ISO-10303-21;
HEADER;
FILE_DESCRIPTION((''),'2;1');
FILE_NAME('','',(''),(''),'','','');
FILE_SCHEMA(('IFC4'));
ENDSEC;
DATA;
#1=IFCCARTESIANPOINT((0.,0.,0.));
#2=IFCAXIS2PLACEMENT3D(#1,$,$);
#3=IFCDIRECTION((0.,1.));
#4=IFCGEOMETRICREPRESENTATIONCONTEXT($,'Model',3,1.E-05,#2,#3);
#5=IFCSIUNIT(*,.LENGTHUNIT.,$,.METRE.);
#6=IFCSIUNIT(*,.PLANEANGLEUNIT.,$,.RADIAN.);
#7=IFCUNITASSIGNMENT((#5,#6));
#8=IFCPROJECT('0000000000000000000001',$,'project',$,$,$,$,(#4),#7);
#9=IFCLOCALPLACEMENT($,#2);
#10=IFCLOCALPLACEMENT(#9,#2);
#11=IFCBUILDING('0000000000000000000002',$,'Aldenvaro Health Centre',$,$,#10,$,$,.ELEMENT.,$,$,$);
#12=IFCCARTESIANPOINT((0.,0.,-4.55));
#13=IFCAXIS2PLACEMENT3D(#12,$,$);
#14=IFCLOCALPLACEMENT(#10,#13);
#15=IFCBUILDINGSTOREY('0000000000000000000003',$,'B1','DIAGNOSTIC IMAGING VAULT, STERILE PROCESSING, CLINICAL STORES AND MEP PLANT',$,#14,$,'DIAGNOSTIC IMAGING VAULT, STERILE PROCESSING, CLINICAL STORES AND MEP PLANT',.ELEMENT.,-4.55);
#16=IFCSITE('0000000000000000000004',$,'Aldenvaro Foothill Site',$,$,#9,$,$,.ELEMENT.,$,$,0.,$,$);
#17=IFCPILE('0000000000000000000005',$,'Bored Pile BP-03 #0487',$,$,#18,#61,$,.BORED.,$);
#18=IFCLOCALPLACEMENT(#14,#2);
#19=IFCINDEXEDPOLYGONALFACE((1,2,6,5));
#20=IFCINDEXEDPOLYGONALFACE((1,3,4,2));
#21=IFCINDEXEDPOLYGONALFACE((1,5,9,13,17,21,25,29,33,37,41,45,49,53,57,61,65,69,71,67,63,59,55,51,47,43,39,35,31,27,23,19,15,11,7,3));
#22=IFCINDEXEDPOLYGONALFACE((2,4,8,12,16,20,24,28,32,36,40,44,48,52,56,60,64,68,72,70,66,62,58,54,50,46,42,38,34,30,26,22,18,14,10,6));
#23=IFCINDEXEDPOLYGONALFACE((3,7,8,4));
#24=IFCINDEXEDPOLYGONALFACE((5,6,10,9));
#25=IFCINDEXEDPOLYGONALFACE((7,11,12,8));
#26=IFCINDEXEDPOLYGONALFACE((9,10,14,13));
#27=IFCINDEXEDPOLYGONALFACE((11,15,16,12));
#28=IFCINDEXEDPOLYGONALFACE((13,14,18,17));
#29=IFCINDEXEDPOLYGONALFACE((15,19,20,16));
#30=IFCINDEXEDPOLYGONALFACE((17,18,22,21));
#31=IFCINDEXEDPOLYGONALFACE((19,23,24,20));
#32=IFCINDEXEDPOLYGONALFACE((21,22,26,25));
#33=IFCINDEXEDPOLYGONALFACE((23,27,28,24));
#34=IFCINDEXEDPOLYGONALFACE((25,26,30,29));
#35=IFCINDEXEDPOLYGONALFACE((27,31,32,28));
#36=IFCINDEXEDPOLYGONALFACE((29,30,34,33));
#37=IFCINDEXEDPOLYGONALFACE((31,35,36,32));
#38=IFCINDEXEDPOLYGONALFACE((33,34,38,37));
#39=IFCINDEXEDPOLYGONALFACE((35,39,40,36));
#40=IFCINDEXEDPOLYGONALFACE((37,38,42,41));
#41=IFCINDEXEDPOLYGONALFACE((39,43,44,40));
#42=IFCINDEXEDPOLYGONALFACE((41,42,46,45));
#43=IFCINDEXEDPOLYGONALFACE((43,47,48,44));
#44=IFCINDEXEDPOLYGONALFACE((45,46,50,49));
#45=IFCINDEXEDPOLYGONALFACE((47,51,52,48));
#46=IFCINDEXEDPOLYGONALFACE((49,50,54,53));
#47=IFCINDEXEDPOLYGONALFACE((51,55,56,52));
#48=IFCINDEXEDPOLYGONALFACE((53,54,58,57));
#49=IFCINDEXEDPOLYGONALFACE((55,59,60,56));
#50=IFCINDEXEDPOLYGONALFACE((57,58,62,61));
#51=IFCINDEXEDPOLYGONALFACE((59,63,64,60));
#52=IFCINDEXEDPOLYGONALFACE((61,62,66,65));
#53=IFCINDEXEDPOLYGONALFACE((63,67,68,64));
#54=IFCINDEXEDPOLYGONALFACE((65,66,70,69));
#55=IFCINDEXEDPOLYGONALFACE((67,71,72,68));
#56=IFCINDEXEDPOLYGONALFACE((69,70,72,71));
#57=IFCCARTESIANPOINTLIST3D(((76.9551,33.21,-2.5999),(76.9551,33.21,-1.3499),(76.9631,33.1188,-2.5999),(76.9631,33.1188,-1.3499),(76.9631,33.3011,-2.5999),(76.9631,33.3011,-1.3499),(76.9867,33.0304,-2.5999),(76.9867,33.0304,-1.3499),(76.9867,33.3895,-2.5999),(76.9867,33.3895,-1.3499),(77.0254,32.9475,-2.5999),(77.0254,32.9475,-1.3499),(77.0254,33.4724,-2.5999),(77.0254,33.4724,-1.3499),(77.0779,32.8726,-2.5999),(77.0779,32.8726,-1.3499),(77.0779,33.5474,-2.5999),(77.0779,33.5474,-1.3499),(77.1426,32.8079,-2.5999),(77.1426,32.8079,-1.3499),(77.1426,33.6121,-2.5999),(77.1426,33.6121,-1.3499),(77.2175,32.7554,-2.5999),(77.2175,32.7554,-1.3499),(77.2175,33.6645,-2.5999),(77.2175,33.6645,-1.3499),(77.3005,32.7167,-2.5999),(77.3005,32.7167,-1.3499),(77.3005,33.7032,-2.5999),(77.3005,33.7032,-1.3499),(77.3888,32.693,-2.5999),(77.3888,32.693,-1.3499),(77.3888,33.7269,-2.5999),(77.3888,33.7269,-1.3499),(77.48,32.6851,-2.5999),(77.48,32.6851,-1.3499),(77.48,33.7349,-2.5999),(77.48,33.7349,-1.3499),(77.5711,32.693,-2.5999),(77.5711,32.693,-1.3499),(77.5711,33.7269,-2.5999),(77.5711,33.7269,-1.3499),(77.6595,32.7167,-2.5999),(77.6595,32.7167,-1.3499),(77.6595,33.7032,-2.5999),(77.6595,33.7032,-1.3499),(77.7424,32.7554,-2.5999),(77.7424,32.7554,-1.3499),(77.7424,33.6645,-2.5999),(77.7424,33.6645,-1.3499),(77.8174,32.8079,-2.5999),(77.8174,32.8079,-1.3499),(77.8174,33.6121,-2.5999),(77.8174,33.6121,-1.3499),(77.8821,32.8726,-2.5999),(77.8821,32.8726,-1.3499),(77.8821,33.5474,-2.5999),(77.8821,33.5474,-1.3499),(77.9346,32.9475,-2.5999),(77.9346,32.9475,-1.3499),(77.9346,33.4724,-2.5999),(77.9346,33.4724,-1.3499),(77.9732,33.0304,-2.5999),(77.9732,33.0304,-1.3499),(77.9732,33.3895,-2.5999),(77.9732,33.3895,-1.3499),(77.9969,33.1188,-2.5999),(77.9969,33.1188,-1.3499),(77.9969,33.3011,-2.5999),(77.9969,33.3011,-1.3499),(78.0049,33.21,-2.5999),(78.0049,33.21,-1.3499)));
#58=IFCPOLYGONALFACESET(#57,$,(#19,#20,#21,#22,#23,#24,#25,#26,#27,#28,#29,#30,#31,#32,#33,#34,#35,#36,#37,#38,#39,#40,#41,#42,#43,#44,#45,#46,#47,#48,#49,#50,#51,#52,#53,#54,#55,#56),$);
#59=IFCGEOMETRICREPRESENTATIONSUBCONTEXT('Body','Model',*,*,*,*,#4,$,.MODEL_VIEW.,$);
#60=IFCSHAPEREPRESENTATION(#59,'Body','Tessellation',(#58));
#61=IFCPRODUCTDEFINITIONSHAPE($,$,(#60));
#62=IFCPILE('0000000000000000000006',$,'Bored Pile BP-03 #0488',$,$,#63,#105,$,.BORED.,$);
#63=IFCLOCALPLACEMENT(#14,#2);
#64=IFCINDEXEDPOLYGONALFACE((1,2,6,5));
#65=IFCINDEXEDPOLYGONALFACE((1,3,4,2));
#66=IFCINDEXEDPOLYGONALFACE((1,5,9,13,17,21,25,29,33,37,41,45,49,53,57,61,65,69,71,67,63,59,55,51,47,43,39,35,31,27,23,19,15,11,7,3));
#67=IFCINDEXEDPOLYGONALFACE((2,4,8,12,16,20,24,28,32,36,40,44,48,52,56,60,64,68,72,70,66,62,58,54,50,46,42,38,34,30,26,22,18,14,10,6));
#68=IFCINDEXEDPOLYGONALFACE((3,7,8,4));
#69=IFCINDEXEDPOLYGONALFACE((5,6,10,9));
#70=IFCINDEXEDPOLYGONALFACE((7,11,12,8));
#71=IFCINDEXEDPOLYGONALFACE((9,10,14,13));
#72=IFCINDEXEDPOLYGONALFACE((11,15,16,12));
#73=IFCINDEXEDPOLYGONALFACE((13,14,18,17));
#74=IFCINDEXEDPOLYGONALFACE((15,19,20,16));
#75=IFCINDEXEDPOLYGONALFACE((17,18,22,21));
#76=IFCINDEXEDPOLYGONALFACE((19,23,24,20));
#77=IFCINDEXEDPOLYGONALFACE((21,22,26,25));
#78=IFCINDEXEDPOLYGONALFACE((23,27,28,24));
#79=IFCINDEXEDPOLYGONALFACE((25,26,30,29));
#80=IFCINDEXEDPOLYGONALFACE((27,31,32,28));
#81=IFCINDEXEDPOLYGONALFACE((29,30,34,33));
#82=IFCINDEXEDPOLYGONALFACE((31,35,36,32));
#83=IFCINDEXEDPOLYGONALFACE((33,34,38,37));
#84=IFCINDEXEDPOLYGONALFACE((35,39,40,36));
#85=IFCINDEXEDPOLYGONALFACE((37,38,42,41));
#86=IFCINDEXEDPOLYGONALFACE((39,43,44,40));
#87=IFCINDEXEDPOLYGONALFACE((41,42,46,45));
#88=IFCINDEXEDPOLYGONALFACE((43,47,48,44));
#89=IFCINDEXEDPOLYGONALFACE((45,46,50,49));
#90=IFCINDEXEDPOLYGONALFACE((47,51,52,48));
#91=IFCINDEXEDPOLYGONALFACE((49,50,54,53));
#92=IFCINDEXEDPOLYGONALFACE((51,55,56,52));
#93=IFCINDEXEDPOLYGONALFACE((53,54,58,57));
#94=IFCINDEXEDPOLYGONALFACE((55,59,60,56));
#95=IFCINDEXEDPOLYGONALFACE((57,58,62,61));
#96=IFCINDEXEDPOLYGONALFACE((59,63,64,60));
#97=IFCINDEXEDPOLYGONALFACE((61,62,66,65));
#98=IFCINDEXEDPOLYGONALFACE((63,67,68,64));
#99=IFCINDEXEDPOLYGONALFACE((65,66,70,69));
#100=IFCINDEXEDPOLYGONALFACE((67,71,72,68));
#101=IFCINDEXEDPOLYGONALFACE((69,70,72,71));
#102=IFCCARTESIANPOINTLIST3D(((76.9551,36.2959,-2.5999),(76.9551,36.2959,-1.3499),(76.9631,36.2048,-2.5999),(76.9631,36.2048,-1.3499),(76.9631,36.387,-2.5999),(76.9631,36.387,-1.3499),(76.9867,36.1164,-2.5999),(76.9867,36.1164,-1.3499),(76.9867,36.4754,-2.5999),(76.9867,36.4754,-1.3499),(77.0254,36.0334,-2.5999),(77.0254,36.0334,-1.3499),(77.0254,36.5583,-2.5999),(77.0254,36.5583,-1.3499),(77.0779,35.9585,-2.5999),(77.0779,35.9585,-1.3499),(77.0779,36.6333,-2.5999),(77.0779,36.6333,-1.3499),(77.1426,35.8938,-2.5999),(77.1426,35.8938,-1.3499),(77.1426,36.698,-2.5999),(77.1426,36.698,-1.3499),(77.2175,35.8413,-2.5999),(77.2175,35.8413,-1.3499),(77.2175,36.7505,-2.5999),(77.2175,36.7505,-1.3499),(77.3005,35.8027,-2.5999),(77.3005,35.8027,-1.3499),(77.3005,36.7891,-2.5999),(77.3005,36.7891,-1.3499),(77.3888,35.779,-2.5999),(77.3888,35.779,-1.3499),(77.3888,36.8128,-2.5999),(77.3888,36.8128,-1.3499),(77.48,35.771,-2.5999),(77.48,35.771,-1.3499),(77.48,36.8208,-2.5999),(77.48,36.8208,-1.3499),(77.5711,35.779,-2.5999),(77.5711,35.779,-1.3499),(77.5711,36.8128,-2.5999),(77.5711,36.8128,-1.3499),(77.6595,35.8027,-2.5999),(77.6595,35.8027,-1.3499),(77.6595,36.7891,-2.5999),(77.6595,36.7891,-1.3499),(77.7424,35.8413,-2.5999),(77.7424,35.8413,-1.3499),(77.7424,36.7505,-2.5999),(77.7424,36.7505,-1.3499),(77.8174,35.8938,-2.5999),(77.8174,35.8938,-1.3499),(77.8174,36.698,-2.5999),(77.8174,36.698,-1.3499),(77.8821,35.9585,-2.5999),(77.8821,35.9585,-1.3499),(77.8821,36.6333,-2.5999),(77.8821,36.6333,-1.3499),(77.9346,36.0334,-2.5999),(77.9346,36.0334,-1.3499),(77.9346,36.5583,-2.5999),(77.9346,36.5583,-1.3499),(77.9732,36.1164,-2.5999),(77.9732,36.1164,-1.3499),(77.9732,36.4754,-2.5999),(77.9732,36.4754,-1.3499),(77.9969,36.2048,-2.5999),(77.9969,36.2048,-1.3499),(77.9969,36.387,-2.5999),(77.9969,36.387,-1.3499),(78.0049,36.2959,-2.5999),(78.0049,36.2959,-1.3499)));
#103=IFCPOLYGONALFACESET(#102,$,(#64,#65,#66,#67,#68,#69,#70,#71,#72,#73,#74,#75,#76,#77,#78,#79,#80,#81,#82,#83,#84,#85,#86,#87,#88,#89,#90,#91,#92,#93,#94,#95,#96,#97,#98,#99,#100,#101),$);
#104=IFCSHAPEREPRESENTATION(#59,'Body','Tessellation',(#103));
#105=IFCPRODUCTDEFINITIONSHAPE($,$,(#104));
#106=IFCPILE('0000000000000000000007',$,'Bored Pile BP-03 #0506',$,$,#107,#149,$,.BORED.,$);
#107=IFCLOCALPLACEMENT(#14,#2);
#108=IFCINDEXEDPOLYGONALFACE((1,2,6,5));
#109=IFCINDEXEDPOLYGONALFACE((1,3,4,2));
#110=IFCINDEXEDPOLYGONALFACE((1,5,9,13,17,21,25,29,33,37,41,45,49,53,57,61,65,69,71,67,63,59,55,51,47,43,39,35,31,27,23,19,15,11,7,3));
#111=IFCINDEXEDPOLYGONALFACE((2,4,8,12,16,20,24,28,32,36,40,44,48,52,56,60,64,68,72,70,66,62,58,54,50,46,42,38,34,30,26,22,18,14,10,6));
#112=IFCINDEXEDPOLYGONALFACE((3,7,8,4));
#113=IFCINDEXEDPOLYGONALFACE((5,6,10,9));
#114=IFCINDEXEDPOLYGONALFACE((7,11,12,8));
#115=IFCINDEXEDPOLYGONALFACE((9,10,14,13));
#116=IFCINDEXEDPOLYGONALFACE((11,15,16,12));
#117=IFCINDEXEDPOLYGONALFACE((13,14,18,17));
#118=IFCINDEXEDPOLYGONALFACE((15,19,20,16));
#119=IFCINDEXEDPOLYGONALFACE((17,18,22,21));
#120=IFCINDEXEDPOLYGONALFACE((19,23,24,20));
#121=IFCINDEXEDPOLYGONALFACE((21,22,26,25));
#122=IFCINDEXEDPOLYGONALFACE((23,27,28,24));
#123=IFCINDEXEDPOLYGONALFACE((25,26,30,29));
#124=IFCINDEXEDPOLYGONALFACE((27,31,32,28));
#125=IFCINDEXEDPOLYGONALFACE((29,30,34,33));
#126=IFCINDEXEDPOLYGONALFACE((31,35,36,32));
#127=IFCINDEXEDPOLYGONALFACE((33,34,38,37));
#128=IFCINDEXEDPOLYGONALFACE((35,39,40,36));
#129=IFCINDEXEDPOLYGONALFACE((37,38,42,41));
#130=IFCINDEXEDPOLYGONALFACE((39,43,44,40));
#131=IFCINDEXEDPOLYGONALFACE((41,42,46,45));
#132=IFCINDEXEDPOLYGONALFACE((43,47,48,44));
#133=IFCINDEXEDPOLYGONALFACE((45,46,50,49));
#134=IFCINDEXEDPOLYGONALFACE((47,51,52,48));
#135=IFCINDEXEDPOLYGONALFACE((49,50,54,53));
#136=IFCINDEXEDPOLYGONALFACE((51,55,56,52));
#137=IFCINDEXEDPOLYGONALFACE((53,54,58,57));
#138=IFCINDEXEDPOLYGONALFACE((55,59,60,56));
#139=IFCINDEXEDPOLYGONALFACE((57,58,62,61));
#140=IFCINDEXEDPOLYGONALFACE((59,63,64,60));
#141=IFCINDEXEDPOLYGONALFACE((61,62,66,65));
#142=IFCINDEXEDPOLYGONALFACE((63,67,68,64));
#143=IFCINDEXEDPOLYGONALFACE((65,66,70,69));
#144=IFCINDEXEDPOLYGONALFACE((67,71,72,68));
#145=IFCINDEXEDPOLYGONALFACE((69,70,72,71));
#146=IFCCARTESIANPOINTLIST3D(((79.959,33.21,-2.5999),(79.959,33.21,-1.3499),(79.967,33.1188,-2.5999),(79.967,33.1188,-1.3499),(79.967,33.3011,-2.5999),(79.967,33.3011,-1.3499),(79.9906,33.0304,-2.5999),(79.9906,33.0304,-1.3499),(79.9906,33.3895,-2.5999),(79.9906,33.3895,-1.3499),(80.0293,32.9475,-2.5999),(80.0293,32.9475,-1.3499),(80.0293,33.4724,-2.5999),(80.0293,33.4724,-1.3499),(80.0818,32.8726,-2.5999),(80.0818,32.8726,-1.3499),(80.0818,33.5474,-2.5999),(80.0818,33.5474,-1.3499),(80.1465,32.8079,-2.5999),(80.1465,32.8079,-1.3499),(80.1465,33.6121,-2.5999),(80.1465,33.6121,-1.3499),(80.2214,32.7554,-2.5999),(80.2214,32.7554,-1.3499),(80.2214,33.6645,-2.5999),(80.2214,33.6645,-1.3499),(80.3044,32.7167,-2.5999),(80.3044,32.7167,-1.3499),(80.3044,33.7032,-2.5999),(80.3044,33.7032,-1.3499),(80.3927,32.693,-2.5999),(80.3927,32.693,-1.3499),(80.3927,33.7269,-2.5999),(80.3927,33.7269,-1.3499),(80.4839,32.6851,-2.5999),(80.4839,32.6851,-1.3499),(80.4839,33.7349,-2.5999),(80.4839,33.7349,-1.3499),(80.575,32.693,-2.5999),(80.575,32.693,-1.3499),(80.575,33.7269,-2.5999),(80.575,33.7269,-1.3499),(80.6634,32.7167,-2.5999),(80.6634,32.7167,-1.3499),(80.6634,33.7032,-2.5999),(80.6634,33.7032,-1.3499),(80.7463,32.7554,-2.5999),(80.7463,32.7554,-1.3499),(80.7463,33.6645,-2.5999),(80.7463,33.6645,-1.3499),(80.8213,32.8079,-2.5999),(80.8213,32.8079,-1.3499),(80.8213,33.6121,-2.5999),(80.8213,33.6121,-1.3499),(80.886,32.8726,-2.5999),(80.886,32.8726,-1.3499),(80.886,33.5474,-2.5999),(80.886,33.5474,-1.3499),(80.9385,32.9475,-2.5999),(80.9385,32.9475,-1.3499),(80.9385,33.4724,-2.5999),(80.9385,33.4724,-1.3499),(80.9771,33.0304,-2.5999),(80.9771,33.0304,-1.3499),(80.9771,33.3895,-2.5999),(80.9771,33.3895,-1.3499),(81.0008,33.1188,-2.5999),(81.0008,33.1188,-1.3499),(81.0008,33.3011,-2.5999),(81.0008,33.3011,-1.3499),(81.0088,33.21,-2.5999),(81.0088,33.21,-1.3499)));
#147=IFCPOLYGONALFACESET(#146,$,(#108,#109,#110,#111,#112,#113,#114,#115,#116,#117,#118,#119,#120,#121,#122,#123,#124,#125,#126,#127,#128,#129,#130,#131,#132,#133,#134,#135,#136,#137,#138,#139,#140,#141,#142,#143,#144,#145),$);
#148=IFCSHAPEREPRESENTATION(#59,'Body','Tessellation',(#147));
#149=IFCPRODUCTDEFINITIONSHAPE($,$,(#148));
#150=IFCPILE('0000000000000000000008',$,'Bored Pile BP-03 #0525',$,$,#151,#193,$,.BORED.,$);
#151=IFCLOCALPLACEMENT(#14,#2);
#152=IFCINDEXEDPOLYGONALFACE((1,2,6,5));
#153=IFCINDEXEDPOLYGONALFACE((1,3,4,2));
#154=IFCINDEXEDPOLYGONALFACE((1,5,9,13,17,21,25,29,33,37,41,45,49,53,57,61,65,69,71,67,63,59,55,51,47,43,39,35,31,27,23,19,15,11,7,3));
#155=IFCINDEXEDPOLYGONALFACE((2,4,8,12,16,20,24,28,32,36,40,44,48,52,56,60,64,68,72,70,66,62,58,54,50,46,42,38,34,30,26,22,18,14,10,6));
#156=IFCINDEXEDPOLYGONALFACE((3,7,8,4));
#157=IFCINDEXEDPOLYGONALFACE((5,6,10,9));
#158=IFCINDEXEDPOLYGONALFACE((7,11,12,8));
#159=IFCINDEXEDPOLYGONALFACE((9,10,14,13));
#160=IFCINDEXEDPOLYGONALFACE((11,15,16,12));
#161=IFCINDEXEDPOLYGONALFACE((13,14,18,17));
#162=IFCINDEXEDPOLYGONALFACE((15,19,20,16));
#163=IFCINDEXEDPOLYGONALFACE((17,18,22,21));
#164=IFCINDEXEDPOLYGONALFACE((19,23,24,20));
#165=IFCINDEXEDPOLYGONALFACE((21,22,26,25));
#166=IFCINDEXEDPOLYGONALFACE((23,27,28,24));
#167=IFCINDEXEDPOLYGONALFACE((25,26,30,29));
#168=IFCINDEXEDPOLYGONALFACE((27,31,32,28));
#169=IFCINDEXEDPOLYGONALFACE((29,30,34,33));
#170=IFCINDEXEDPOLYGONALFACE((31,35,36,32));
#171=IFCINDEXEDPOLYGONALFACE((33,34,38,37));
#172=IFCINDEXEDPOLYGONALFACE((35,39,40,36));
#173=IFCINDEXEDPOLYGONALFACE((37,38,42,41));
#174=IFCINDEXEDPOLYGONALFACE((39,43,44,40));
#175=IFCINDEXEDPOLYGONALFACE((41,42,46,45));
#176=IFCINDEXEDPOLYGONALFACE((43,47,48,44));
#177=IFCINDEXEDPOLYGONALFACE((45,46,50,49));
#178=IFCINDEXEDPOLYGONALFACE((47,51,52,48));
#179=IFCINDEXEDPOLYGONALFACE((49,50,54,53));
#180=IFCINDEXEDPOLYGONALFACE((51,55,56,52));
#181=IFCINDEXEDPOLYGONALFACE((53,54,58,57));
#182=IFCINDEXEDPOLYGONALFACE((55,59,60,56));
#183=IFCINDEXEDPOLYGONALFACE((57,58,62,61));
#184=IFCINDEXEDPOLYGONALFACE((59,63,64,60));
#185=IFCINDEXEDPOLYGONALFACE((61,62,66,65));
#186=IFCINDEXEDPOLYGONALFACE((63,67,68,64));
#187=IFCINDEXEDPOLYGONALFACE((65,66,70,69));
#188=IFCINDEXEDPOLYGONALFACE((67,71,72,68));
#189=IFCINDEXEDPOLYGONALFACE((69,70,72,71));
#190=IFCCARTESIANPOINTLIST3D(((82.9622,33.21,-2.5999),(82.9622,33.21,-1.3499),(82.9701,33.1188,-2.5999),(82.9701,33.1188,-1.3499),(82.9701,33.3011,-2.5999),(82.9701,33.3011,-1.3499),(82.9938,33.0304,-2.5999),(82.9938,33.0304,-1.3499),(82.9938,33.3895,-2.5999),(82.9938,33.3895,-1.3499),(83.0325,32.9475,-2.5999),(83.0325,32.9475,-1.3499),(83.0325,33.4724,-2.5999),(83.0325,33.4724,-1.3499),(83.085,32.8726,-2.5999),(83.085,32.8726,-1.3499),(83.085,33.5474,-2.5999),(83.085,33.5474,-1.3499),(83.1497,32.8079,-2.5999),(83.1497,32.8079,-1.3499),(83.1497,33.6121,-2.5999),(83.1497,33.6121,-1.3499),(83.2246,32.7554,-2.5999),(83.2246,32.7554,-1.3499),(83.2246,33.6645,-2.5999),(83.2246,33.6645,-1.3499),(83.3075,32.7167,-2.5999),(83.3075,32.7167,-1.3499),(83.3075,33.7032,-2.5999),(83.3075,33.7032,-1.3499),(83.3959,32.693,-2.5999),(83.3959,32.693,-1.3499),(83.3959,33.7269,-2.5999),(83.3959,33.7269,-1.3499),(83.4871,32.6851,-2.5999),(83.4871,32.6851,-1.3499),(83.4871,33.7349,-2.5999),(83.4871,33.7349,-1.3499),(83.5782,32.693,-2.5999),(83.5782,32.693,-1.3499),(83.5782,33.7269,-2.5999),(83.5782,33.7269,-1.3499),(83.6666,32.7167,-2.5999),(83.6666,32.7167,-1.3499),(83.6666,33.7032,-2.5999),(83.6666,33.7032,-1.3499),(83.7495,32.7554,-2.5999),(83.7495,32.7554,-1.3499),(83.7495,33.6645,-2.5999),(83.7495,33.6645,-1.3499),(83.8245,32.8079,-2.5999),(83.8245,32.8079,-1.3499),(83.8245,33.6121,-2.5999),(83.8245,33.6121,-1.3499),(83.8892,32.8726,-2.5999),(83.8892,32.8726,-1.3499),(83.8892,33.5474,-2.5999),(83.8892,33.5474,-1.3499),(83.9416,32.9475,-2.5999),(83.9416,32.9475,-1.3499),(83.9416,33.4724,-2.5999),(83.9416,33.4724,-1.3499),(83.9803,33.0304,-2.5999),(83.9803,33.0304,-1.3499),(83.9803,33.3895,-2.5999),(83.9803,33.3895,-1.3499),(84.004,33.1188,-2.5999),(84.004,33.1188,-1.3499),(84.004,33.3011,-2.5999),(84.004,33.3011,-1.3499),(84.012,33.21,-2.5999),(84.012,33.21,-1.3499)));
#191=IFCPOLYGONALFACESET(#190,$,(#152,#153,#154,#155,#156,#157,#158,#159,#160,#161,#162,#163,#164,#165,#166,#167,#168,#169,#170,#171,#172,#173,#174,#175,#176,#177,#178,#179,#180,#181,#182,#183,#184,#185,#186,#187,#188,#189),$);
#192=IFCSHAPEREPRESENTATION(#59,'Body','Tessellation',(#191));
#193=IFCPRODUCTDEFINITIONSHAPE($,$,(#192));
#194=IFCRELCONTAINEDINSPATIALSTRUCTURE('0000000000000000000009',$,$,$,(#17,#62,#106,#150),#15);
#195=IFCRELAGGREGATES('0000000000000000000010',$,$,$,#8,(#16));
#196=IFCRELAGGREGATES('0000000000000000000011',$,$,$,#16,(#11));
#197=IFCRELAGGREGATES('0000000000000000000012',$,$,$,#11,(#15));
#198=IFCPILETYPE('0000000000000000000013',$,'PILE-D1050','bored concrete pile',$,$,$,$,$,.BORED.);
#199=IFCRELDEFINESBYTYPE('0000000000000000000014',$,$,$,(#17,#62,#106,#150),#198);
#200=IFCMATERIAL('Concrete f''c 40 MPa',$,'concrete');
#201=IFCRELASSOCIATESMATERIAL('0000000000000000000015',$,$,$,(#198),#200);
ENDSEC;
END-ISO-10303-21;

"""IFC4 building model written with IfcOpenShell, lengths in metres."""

from ifc_helpers import new_model, si_unit, direction, frame, origin, origin_2d, place, context, subcontext, project, spatial, circle, extrude, material, material_profile, profile_set, type_object, element, save


model = new_model("IFC4")

# Units and contexts
model_context = context("Model", 3, precision=1e-05, world=origin(), true_north=direction((0.0, 1.0)))
body_context = subcontext(model_context, "Body", "Model", "MODEL_VIEW")
ifc_project = project(units=[si_unit("LENGTHUNIT", "METRE"), si_unit("PLANEANGLEUNIT", "RADIAN")], contexts=[model_context])

# Site, building, storey
site_placement = place(None, origin())
site = spatial("IfcSite", under=ifc_project, at=site_placement, Name="Aldenvaro Foothill Site", CompositionType="ELEMENT", RefElevation=0.0)
building_placement = place(site_placement, origin())
building = spatial("IfcBuilding", under=site, at=building_placement, Name="Aldenvaro Health Centre", CompositionType="ELEMENT")
storey_placement = place(building_placement, frame((0.0, 0.0, -4.55)))
storey = spatial("IfcBuildingStorey", under=building, at=storey_placement, Name="B1", Description="DIAGNOSTIC IMAGING VAULT, STERILE PROCESSING, CLINICAL STORES AND MEP PLANT", LongName="DIAGNOSTIC IMAGING VAULT, STERILE PROCESSING, CLINICAL STORES AND MEP PLANT", CompositionType="ELEMENT", Elevation=-4.55)

# Piles
ifc_material_1 = material(Name="Concrete f'c 40 MPa", Category="concrete")
ifc_material_profile_1 = material_profile(ifc_material_1, circle(Radius=0.5249, at=origin_2d()), Name="PILE D1050", Category="concrete")
ifc_profile_set_1 = profile_set([ifc_material_profile_1], Name="Concrete f'c 40 MPa")
pile_type = type_object("IfcPileType", Name="PILE-D1050", Description="bored concrete pile", PredefinedType="BORED", material=ifc_profile_set_1)
for number, where, z_axis, x_axis, name in (
    (1, (77.48, 33.21, -1.3499), (0.0, 0.0, -1.0), (1.0, 0.0, 0.0), "Bored Pile BP-03 #0487"),
    (2, (77.48, 36.2959, -1.3499), (0.0, 0.0, -1.0), (1.0, 0.0, 0.0), "Bored Pile BP-03 #0488"),
    (3, (80.4839, 33.21, -1.3499), (0.0, 0.0, -1.0), (1.0, 0.0, 0.0), "Bored Pile BP-03 #0506"),
    (4, (83.4871, 33.21, -1.3499), (0.0, 0.0, -1.0), (1.0, 0.0, 0.0), "Bored Pile BP-03 #0525"),
):
    element("IfcPile", number, at=place(storey_placement, frame(where, z_axis=z_axis, x_axis=x_axis)), inside=storey, type_object=pile_type, Name=name, PredefinedType="BORED", context=body_context, shape_type="SweptSolid", body=[
        extrude(circle(Radius=0.5249, at=origin_2d()), origin(), (0.0, 0.0, 1.0), 1.25),
    ])

save(model, "model.ifc")
